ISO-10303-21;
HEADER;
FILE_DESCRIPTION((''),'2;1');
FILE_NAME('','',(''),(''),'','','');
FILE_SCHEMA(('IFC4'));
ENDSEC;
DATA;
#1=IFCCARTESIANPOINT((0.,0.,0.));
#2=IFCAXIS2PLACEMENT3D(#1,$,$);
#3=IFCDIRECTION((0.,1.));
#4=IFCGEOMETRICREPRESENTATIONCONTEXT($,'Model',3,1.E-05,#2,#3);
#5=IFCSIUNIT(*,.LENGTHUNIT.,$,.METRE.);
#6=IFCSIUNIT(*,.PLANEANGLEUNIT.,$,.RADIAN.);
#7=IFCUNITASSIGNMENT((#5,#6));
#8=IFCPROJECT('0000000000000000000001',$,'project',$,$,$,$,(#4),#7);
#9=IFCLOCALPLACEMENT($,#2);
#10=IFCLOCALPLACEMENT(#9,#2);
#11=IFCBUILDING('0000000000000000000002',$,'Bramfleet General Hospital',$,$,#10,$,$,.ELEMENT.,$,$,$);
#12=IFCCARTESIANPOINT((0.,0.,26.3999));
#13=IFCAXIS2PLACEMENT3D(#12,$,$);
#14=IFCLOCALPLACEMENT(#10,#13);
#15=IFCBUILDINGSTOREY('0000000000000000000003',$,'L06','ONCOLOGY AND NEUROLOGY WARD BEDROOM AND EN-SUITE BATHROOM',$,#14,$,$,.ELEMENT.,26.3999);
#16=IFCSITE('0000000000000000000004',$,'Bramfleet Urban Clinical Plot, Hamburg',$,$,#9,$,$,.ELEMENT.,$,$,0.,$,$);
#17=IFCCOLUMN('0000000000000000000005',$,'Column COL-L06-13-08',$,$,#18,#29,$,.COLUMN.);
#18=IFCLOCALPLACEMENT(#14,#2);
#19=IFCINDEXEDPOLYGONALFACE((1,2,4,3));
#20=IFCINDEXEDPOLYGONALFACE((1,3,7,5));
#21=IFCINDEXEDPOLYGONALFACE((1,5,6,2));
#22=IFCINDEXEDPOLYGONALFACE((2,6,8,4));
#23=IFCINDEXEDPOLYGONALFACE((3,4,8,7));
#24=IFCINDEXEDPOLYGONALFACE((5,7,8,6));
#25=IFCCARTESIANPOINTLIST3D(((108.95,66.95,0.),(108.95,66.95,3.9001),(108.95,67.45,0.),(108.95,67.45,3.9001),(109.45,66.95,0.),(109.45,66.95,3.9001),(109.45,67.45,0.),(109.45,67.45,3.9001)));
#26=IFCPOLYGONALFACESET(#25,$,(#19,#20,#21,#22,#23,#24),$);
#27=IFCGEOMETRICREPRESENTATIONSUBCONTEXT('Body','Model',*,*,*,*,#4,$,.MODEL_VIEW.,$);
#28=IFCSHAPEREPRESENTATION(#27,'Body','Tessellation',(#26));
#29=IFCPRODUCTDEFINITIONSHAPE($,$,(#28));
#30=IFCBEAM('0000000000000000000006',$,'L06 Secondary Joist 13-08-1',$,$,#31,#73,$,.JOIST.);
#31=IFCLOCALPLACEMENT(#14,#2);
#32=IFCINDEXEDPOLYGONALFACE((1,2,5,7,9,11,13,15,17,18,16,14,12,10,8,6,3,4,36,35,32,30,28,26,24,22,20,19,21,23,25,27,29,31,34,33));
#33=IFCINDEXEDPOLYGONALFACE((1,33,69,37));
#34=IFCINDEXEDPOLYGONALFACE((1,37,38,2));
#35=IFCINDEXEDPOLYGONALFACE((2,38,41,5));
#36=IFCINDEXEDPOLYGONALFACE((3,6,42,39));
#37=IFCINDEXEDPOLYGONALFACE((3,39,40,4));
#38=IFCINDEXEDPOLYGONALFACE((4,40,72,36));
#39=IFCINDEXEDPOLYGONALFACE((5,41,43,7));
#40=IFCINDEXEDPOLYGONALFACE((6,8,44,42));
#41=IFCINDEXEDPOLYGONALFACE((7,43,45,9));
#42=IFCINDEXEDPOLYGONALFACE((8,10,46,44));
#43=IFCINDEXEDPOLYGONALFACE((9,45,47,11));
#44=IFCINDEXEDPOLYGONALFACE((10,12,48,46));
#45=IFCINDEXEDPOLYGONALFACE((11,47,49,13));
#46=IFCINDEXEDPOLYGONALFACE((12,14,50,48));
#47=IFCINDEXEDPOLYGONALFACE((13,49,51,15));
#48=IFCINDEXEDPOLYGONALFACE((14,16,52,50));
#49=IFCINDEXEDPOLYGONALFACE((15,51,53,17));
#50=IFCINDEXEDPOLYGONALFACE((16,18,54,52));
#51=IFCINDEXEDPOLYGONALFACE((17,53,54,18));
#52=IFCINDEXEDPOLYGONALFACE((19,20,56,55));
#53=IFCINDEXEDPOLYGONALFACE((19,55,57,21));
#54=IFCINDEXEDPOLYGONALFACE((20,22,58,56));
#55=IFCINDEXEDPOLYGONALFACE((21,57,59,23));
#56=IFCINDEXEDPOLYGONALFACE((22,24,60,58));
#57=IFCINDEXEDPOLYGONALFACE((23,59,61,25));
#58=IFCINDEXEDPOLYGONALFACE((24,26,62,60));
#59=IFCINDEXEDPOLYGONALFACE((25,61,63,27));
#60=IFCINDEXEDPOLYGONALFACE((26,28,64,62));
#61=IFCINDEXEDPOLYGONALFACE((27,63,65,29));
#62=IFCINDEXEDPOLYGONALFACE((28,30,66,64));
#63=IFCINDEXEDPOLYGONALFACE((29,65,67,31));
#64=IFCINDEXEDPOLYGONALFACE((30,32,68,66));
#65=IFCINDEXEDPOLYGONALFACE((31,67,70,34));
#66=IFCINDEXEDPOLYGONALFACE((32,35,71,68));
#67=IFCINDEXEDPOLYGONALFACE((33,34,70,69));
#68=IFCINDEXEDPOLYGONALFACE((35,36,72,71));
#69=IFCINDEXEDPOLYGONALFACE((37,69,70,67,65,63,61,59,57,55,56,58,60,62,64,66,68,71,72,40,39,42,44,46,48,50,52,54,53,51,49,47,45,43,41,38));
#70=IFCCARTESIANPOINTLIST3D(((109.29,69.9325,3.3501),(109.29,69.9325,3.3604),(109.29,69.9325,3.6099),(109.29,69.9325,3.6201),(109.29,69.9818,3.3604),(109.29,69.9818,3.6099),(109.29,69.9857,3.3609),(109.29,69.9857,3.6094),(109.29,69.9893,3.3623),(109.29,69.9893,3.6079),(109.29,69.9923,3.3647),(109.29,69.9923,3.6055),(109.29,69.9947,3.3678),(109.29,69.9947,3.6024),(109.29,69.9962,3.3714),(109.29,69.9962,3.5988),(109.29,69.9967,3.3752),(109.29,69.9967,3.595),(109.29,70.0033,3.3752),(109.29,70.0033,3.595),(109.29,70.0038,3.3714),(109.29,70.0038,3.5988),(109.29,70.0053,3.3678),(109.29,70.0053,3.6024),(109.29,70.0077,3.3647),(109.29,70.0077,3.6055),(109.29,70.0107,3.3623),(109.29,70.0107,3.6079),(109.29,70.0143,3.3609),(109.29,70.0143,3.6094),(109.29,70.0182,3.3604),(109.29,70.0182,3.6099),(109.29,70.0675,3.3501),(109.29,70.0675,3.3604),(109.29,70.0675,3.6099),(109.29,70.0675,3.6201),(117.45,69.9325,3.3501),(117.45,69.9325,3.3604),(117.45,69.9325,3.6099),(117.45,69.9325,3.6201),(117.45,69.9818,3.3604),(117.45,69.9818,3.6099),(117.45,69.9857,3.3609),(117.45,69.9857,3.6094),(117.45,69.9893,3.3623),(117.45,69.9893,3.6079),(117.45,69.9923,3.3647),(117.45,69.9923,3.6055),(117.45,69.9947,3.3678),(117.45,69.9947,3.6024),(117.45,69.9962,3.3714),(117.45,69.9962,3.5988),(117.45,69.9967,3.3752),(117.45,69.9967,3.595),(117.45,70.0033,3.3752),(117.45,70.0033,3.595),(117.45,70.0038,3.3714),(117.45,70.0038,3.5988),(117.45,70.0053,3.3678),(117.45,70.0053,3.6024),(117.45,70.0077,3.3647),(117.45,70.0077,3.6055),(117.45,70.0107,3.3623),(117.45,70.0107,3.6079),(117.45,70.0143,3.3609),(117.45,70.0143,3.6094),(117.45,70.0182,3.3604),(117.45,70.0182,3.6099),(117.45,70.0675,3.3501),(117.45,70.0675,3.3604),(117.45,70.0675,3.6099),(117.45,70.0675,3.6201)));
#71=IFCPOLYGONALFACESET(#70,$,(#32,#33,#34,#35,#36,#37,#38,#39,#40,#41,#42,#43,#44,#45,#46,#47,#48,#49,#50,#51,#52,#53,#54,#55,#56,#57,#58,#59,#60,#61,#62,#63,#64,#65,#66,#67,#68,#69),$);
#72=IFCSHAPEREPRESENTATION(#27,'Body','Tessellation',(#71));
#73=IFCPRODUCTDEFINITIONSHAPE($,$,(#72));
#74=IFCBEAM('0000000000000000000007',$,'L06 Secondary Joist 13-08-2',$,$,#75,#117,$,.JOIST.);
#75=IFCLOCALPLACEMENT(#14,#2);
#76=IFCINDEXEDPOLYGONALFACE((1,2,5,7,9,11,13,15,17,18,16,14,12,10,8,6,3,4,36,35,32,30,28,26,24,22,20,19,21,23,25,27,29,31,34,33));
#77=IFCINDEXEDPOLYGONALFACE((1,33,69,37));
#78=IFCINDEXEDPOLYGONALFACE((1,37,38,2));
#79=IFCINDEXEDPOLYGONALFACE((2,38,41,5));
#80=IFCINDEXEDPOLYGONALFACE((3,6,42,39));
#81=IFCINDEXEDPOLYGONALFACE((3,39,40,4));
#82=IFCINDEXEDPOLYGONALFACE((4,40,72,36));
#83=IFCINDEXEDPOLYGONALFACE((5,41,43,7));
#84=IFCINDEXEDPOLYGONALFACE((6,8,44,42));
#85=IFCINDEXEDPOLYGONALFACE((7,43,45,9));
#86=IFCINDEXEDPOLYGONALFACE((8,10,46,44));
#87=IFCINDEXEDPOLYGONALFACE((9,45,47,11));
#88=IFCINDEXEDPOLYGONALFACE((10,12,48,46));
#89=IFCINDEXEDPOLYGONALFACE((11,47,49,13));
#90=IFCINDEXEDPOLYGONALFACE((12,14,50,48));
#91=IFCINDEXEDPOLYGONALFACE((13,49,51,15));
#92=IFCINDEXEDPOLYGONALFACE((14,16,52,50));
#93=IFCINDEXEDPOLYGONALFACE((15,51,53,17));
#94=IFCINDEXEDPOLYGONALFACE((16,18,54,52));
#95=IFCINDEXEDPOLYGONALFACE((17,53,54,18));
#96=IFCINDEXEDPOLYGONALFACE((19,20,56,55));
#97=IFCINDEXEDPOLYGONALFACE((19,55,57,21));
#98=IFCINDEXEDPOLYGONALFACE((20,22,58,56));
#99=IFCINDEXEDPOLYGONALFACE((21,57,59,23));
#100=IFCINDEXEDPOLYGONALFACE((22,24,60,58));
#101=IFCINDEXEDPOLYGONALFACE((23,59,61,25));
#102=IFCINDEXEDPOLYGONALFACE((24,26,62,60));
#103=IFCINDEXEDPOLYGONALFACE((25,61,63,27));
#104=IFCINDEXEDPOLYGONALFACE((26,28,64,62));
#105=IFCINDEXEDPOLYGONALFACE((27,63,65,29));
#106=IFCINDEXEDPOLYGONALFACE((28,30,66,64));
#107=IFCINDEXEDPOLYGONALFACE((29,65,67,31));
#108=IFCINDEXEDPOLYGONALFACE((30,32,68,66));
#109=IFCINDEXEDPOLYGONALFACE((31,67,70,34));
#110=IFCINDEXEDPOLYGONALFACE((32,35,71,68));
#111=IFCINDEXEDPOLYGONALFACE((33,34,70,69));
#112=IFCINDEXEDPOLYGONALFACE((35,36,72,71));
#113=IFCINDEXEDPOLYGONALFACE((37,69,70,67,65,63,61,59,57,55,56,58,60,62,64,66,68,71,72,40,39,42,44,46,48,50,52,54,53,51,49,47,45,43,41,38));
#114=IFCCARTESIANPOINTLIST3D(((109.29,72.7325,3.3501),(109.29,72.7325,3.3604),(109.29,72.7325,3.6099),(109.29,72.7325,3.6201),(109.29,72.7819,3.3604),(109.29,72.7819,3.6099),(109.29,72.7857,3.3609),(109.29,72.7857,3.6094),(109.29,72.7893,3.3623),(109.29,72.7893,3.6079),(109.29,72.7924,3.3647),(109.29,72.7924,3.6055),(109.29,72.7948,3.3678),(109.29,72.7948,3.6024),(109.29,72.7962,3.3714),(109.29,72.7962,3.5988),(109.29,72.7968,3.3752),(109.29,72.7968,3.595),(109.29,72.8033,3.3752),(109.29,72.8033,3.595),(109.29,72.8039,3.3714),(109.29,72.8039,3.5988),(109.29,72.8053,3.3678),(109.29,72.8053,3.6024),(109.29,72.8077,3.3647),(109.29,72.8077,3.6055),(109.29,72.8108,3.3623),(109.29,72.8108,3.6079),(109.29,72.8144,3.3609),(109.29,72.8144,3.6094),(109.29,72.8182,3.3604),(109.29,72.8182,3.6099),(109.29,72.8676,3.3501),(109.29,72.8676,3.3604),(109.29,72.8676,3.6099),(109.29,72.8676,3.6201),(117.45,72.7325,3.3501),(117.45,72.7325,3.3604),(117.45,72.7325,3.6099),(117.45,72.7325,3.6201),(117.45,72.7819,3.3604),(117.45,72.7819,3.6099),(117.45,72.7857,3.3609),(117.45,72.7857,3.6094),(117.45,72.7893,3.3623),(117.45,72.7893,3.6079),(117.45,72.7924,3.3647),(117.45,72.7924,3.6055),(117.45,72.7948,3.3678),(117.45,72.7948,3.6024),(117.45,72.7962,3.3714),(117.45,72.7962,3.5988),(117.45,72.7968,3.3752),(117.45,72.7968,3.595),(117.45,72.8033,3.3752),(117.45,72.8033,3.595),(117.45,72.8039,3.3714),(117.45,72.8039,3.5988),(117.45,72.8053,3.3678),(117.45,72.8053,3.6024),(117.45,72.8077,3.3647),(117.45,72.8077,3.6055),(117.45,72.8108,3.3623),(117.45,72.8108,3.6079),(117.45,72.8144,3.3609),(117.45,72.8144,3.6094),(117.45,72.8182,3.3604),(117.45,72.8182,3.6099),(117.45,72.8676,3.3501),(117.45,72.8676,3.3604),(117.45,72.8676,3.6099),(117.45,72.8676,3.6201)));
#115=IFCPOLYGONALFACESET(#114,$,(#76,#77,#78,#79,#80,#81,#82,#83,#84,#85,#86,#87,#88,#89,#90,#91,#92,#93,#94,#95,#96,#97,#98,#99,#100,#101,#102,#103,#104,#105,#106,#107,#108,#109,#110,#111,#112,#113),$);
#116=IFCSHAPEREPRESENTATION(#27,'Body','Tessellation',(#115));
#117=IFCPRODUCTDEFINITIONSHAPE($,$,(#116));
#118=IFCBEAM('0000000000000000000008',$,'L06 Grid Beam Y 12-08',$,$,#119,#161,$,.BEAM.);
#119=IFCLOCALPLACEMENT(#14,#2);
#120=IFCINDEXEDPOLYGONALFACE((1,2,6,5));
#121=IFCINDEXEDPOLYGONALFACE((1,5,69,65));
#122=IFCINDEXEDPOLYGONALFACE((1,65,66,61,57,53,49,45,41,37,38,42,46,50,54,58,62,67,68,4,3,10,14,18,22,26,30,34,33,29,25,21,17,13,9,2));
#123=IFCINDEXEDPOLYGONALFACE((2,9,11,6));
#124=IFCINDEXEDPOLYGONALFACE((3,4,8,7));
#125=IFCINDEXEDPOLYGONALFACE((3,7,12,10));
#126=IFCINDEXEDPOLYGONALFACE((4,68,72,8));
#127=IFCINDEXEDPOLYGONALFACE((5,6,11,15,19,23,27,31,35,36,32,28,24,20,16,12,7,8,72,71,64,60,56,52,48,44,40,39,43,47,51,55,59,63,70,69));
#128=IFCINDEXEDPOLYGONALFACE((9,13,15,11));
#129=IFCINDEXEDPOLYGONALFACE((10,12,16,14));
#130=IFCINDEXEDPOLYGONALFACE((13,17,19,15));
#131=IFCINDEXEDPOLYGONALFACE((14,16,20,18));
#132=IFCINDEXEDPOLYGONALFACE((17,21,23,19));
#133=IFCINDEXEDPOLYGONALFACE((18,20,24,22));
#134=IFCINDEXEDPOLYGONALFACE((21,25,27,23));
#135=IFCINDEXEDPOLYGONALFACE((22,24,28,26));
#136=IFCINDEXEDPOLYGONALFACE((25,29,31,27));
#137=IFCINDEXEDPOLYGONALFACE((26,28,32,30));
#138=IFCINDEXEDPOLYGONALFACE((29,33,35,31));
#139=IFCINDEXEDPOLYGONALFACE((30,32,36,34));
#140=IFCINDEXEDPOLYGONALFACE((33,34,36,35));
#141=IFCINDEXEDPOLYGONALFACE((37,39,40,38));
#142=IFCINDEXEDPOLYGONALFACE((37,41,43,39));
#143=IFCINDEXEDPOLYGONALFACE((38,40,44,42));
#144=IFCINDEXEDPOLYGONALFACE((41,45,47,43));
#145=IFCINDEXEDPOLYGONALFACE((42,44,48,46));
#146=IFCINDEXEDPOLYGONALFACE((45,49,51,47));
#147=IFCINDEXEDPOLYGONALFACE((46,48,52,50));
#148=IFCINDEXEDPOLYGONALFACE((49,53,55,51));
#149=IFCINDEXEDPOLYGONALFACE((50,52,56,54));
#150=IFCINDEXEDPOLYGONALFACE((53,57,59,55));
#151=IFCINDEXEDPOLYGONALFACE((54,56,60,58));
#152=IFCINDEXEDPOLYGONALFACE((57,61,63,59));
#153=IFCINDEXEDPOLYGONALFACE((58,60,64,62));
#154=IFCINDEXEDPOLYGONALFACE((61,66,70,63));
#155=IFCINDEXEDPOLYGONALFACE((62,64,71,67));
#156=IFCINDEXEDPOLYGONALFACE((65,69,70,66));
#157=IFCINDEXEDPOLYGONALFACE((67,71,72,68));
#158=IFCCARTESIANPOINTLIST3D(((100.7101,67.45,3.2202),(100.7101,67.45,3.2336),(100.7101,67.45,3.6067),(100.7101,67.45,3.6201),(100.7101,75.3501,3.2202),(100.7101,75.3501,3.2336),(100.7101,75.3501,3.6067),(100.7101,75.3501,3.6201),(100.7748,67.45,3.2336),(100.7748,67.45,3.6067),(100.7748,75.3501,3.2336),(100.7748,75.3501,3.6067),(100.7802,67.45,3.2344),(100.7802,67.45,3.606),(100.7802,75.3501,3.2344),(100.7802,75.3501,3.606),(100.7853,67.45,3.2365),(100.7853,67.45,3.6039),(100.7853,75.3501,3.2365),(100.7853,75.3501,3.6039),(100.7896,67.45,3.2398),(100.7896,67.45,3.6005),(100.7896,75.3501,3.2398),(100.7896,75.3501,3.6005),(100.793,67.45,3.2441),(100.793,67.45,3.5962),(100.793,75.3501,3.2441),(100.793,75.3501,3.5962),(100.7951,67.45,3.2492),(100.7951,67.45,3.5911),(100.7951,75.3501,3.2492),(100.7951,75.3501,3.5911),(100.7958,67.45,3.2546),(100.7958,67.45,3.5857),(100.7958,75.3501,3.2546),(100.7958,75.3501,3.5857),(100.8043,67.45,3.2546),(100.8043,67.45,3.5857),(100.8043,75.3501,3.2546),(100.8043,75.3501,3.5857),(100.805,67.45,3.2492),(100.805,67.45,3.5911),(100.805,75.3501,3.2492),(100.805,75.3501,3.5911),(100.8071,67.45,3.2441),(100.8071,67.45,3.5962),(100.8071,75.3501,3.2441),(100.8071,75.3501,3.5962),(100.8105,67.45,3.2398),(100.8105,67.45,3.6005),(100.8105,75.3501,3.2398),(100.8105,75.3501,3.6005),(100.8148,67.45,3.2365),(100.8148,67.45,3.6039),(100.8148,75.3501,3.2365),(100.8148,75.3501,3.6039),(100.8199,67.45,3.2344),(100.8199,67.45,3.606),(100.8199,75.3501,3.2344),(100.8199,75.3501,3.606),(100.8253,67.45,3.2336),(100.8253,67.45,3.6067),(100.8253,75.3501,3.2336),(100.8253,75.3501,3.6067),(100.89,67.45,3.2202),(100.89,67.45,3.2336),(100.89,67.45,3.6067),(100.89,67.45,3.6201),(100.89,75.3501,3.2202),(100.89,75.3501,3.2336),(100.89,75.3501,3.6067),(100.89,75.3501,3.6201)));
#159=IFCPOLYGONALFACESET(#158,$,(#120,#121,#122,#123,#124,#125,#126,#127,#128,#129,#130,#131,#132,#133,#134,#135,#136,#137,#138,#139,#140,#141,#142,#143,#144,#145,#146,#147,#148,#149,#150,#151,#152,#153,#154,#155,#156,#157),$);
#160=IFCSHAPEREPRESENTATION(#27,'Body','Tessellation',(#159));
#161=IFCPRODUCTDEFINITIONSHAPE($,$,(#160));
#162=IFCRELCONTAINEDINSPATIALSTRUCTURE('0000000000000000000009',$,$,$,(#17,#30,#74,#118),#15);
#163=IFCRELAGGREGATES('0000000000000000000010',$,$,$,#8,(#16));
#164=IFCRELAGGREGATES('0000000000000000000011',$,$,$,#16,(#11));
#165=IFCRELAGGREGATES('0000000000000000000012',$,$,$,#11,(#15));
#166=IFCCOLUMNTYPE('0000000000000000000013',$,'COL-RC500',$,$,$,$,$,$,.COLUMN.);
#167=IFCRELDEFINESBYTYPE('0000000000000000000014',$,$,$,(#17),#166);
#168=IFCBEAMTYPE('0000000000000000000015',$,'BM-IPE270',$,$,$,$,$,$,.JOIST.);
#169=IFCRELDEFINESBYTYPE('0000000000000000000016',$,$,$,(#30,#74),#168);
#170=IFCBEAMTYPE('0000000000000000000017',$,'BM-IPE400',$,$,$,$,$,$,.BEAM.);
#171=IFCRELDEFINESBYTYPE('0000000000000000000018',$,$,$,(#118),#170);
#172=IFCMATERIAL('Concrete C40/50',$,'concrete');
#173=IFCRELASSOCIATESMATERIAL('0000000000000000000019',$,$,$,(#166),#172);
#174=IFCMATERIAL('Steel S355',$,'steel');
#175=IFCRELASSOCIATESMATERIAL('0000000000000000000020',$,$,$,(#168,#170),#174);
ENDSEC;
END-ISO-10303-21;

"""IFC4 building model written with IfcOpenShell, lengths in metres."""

from ifc_helpers import new_model, si_unit, direction, frame, origin, origin_2d, place, context, subcontext, project, spatial, rectangle, i_section, extrude, material, material_profile, profile_set, type_object, element, save


model = new_model("IFC4")

# Units and contexts
model_context = context("Model", 3, precision=1e-05, world=origin(), true_north=direction((0.0, 1.0)))
body_context = subcontext(model_context, "Body", "Model", "MODEL_VIEW")
ifc_project = project(units=[si_unit("LENGTHUNIT", "METRE"), si_unit("PLANEANGLEUNIT", "RADIAN")], contexts=[model_context])

# Site, building, storey
site_placement = place(None, origin())
site = spatial("IfcSite", under=ifc_project, at=site_placement, Name="Bramfleet Urban Clinical Plot, Hamburg", CompositionType="ELEMENT", RefElevation=0.0)
building_placement = place(site_placement, origin())
building = spatial("IfcBuilding", under=site, at=building_placement, Name="Bramfleet General Hospital", CompositionType="ELEMENT")
storey_placement = place(building_placement, frame((0.0, 0.0, 26.3999)))
storey = spatial("IfcBuildingStorey", under=building, at=storey_placement, Name="L06", Description="ONCOLOGY AND NEUROLOGY WARD BEDROOM AND EN-SUITE BATHROOM", CompositionType="ELEMENT", Elevation=26.3999)

# Column
ifc_material_1 = material(Name="Concrete C40/50", Category="concrete")
ifc_material_profile_1 = material_profile(ifc_material_1, rectangle(XDim=0.5, YDim=0.5, at=origin_2d()), Name="RC COL 500x500")
ifc_profile_set_1 = profile_set([ifc_material_profile_1], Name="Concrete C40/50")
column_type = type_object("IfcColumnType", Name="COL-RC500", PredefinedType="COLUMN", material=ifc_profile_set_1)
column_placement = place(storey_placement, frame((109.2, 67.2, 0.0), z_axis=(0.0, 0.0, 1.0), x_axis=(1.0, 0.0, 0.0)))
element("IfcColumn", 1, at=column_placement, inside=storey, type_object=column_type, Name="Column COL-L06-13-08", PredefinedType="COLUMN", context=body_context, shape_type="SweptSolid", body=[
    extrude(rectangle(XDim=0.5, YDim=0.5, at=origin_2d()), origin(), (0.0, 0.0, 1.0), 3.9001),
])

# Beams
ifc_material_2 = material(Name="Steel S355", Category="steel")
ifc_material_profile_2 = material_profile(ifc_material_2, i_section(OverallWidth=0.135, OverallDepth=0.27, WebThickness=0.0066, FlangeThickness=0.0103, FilletRadius=0.0149, at=origin_2d()), Name="IPE 270")
ifc_profile_set_2 = profile_set([ifc_material_profile_2], Name="Steel S355")
beam_type_1 = type_object("IfcBeamType", Name="BM-IPE270", PredefinedType="JOIST", material=ifc_profile_set_2)
for number, where, z_axis, x_axis, name in (
    (2, (109.29, 70.0, 3.4851), (1.0, 0.0, 0.0), (0.0, 1.0, 0.0), "L06 Secondary Joist 13-08-1"),
    (3, (109.29, 72.8, 3.4851), (1.0, 0.0, 0.0), (0.0, 1.0, 0.0), "L06 Secondary Joist 13-08-2"),
):
    element("IfcBeam", number, at=place(storey_placement, frame(where, z_axis=z_axis, x_axis=x_axis)), inside=storey, type_object=beam_type_1, Name=name, PredefinedType="JOIST", context=body_context, shape_type="SweptSolid", body=[
        extrude(i_section(OverallWidth=0.135, OverallDepth=0.27, WebThickness=0.0066, FlangeThickness=0.0103, FilletRadius=0.0149, at=origin_2d()), origin(), (0.0, 0.0, 1.0), 8.1599),
    ])
ifc_material_profile_3 = material_profile(ifc_material_2, i_section(OverallWidth=0.1799, OverallDepth=0.3999, WebThickness=0.0085, FlangeThickness=0.0134, FilletRadius=0.021, at=origin_2d()), Name="IPE 400")
ifc_profile_set_3 = profile_set([ifc_material_profile_3], Name="Steel S355")
beam_type_2 = type_object("IfcBeamType", Name="BM-IPE400", PredefinedType="BEAM", material=ifc_profile_set_3)
for number, where, z_axis, x_axis, name in (
    (4, (100.8, 67.45, 3.4202), (0.0, 1.0, 0.0), (-1.0, 0.0, 0.0), "L06 Grid Beam Y 12-08"),
):
    element("IfcBeam", number, at=place(storey_placement, frame(where, z_axis=z_axis, x_axis=x_axis)), inside=storey, type_object=beam_type_2, Name=name, PredefinedType="BEAM", context=body_context, shape_type="SweptSolid", body=[
        extrude(i_section(OverallWidth=0.1799, OverallDepth=0.3999, WebThickness=0.0085, FlangeThickness=0.0134, FilletRadius=0.021, at=origin_2d()), origin(), (0.0, 0.0, 1.0), 7.9001),
    ])

save(model, "model.ifc")
